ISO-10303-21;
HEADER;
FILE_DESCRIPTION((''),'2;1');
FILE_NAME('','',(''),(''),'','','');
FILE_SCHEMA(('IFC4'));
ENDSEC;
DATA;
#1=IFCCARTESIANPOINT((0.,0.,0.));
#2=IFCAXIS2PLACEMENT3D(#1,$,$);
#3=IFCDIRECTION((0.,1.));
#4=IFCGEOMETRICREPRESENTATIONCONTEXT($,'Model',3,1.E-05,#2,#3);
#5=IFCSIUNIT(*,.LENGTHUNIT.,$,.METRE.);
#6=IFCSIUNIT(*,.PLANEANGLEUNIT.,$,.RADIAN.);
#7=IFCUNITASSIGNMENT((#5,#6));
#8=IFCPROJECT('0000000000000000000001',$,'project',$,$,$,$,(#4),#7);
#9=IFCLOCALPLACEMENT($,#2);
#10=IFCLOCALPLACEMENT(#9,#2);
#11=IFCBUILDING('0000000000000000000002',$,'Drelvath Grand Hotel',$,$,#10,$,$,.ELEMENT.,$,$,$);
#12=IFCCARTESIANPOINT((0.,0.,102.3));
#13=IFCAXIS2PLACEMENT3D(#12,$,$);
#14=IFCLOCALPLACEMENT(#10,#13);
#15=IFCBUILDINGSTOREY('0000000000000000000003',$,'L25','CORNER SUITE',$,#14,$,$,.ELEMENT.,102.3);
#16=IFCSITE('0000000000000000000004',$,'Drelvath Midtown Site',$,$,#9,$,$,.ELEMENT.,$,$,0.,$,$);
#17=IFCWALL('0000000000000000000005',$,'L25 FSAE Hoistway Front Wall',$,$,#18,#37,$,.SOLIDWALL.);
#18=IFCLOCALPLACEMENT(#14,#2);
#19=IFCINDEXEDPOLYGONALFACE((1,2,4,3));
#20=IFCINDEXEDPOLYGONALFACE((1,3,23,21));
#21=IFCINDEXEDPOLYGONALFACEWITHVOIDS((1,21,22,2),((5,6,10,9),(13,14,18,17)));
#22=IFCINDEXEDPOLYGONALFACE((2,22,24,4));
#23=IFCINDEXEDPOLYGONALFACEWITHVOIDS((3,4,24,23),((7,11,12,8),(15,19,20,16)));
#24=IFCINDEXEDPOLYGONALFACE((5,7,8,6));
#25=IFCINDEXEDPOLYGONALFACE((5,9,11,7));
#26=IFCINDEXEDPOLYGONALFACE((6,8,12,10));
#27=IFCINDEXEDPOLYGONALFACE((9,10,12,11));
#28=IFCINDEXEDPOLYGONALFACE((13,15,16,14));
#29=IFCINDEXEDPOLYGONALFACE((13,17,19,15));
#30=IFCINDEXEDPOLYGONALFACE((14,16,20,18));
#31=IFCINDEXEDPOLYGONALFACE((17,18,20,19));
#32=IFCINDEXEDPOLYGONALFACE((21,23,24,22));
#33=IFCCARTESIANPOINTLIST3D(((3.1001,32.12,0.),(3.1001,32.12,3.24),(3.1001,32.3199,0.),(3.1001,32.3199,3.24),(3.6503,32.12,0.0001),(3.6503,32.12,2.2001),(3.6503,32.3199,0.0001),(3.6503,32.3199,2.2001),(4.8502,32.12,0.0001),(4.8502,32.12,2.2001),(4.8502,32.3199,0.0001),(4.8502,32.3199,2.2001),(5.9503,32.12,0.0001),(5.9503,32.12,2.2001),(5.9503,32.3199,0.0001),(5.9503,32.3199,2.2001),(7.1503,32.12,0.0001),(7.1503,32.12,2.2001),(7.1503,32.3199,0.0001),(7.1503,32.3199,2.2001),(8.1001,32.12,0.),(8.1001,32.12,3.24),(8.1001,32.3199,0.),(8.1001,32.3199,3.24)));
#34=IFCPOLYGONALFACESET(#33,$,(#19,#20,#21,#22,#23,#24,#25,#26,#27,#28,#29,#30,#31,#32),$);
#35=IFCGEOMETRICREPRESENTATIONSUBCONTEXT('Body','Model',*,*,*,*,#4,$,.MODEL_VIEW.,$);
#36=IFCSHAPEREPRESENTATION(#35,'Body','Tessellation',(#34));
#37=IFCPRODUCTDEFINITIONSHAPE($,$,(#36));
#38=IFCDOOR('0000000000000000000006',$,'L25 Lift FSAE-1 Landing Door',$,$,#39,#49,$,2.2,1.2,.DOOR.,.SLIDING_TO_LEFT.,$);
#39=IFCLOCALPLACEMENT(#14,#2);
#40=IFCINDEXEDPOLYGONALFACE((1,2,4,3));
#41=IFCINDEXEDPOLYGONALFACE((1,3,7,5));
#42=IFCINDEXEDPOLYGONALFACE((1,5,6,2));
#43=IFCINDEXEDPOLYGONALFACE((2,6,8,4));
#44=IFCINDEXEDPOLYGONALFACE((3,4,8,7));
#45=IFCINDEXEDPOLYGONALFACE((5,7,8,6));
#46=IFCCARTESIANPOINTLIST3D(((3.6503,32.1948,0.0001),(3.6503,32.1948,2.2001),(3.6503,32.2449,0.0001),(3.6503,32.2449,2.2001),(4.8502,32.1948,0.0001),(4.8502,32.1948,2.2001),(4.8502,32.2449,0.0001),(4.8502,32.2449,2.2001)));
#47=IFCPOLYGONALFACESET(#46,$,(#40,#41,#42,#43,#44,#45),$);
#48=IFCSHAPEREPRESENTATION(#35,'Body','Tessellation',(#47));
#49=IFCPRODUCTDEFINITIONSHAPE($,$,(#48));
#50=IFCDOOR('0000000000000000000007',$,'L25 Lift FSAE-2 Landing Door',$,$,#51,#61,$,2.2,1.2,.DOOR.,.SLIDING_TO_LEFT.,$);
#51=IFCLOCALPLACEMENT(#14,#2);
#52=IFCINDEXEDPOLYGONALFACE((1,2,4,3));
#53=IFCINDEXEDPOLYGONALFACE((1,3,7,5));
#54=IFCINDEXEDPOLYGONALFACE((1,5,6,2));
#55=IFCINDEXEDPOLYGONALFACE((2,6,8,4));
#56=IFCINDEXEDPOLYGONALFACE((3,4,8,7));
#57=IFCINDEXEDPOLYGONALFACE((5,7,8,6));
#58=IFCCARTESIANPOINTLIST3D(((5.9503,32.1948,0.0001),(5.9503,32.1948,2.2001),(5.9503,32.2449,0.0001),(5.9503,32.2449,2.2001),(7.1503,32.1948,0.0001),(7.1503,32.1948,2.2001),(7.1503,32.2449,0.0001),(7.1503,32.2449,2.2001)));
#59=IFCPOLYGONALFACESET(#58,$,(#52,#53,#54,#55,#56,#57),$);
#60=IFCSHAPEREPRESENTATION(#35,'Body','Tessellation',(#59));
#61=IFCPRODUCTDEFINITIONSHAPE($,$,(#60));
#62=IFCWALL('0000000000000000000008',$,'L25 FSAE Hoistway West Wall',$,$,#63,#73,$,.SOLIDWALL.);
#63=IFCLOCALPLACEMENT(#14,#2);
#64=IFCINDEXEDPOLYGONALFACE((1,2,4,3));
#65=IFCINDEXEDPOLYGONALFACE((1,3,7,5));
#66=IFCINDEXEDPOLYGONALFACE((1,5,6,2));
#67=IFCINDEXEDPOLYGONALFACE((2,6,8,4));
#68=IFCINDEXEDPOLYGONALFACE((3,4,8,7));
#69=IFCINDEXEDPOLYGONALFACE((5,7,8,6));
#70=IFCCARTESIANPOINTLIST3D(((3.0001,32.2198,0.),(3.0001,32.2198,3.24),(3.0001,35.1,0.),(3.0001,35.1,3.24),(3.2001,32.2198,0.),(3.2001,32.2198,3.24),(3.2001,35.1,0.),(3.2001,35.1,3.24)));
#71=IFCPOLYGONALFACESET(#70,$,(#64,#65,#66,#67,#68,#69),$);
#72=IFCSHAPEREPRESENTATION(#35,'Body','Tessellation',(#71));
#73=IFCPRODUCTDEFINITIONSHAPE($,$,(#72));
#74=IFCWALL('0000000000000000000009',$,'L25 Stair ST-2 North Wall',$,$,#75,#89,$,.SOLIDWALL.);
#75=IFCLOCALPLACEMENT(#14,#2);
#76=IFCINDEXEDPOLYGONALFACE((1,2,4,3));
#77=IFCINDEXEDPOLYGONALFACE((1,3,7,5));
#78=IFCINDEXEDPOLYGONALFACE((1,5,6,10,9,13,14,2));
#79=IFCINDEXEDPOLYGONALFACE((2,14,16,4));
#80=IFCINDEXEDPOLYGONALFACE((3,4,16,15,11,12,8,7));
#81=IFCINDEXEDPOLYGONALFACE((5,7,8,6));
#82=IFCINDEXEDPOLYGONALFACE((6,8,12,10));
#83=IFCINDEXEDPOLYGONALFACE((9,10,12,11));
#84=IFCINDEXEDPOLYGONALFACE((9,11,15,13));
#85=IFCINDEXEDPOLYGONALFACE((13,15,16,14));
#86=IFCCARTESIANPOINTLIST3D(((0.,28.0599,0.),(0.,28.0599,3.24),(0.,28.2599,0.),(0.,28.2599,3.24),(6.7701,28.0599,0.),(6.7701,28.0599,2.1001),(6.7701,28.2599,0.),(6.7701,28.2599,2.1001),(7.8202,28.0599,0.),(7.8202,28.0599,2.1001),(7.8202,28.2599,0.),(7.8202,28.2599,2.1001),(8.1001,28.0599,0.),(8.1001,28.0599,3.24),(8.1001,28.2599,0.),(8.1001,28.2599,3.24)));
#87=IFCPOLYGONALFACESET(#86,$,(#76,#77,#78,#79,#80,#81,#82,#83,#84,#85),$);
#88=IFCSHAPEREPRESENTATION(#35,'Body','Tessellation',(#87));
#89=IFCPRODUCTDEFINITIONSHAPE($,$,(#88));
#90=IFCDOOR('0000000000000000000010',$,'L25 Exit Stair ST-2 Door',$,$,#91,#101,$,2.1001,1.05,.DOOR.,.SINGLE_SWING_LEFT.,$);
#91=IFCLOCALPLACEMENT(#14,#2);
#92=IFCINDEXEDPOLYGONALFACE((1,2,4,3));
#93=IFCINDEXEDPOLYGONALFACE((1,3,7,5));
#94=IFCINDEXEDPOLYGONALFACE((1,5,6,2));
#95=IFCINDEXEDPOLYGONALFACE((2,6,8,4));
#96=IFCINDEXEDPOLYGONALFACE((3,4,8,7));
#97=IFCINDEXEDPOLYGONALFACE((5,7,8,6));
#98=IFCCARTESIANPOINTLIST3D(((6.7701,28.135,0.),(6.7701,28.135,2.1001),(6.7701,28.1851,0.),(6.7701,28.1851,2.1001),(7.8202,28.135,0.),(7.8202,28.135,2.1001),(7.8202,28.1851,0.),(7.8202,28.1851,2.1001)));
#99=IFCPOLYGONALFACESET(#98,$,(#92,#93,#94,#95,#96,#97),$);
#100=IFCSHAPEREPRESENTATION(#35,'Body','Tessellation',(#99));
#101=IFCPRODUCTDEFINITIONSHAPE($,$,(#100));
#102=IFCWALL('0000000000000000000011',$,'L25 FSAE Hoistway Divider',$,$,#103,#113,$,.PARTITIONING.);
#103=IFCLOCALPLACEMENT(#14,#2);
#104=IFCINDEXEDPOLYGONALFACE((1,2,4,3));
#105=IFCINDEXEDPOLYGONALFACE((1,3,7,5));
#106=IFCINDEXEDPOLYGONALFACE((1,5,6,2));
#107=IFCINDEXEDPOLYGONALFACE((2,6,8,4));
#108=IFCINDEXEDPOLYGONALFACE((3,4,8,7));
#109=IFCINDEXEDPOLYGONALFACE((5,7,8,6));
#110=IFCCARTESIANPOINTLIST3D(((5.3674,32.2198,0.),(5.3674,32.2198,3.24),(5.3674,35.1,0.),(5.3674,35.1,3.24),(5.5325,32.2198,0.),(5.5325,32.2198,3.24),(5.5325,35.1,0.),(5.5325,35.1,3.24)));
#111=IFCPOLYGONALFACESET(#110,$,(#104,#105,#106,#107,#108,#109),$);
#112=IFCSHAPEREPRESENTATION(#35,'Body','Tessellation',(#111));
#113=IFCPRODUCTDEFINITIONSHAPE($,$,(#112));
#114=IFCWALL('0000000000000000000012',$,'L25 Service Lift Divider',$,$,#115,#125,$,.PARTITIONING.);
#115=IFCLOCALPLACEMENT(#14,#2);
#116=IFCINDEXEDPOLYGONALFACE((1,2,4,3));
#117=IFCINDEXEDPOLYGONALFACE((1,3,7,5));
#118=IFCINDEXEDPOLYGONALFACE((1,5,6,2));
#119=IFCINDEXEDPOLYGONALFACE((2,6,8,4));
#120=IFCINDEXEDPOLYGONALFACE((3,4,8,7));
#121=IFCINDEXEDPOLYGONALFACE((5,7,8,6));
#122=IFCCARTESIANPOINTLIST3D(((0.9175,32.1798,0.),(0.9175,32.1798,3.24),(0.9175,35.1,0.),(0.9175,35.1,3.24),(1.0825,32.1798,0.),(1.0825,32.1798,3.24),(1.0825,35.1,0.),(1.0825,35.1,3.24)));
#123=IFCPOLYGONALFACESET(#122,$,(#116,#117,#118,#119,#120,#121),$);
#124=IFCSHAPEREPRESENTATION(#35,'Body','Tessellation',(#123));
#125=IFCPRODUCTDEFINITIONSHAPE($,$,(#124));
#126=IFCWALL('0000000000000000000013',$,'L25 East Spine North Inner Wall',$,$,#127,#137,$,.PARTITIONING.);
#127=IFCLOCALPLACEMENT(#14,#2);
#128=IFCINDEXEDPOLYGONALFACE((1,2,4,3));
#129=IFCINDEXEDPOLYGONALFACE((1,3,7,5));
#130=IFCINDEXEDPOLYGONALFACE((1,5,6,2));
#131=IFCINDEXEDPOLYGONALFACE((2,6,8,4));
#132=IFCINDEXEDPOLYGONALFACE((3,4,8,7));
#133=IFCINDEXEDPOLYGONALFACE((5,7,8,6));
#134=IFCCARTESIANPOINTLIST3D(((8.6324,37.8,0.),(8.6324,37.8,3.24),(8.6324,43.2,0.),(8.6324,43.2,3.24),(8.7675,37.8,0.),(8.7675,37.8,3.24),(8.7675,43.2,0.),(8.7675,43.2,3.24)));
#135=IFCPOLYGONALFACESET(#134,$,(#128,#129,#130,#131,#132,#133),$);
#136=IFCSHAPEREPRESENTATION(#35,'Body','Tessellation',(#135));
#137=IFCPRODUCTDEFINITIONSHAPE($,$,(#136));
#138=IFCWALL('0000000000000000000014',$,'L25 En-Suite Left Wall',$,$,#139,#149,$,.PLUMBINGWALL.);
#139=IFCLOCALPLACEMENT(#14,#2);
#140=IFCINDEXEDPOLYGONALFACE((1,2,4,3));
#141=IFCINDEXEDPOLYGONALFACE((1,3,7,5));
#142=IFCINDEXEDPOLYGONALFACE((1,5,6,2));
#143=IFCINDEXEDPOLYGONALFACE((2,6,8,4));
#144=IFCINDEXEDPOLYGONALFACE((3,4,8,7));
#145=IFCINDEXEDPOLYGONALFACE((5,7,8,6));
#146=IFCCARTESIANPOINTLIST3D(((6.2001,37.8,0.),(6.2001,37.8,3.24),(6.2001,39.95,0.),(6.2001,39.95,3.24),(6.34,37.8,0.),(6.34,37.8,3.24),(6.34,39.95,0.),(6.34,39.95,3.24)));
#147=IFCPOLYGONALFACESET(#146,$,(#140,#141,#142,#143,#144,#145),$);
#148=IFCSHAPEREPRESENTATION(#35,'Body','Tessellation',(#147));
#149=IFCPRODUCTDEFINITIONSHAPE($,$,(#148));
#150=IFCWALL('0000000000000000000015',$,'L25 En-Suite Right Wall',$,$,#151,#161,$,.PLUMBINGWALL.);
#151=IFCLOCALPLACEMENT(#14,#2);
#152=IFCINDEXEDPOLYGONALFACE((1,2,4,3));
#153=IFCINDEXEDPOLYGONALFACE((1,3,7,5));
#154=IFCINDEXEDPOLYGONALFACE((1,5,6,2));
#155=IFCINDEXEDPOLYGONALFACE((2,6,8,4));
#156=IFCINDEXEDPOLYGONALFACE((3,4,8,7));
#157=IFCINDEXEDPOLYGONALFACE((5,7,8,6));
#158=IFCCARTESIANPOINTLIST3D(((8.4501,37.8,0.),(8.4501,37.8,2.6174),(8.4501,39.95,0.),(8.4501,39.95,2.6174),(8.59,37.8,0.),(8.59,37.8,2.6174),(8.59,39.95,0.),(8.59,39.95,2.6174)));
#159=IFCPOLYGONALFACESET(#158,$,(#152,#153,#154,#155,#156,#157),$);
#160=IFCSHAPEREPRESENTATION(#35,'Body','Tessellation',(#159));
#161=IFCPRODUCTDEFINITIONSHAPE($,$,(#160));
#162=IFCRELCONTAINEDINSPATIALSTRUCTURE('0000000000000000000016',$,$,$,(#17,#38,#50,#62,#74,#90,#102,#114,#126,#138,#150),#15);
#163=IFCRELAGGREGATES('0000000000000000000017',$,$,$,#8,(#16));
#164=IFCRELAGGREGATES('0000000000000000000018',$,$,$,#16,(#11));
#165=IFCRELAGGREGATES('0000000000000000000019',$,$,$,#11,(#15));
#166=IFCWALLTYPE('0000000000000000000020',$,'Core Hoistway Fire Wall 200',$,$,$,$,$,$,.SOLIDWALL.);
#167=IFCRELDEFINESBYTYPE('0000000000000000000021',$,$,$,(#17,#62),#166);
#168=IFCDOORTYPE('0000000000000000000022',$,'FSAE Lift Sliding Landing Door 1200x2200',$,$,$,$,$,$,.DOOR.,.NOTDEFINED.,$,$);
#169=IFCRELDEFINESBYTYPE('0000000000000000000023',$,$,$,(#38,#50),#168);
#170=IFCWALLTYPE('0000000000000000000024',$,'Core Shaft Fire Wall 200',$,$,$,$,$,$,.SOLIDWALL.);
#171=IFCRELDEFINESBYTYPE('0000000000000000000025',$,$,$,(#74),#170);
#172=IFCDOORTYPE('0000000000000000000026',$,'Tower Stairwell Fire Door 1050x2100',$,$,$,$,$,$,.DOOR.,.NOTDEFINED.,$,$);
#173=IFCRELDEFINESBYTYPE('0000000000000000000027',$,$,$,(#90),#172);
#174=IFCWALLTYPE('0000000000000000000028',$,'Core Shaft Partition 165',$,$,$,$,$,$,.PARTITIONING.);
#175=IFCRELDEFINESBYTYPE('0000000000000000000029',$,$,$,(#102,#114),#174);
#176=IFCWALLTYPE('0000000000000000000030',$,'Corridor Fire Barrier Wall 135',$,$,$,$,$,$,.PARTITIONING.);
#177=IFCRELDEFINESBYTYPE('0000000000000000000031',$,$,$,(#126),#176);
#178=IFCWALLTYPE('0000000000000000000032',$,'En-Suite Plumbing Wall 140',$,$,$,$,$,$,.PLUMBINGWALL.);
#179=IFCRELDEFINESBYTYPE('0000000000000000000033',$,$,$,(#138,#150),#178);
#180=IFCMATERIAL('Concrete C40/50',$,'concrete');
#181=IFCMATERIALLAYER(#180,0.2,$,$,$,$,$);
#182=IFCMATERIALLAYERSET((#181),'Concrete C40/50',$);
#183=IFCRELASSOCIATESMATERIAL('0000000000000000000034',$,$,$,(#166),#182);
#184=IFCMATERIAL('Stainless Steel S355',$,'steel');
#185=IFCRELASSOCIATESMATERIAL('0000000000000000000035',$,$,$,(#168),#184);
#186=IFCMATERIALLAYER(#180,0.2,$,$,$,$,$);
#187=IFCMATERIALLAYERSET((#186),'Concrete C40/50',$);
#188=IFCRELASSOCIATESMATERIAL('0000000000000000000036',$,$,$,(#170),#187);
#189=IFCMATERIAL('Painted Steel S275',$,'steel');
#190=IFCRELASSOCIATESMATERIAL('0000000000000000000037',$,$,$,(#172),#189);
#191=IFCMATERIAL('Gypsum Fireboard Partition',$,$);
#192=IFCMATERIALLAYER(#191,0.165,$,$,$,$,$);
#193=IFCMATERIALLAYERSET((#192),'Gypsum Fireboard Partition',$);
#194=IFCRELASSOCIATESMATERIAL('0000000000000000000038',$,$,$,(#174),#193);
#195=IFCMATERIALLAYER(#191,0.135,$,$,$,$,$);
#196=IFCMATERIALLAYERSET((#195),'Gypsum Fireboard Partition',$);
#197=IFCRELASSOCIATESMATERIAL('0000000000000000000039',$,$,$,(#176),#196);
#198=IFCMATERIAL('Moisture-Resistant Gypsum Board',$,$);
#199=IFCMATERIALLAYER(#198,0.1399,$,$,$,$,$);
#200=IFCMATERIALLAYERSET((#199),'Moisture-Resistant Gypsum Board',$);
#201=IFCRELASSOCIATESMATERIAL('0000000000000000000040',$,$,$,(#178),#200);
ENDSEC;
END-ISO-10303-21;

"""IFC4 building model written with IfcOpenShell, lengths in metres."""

from ifc_helpers import new_model, si_unit, direction, frame, frame_2d, origin, place, context, subcontext, project, spatial, rectangle, extrude, material, layer, layer_set, type_object, element, fill, save


model = new_model("IFC4")

# Units and contexts
model_context = context("Model", 3, precision=1e-05, world=origin(), true_north=direction((0.0, 1.0)))
body_context = subcontext(model_context, "Body", "Model", "MODEL_VIEW")
ifc_project = project(units=[si_unit("LENGTHUNIT", "METRE"), si_unit("PLANEANGLEUNIT", "RADIAN")], contexts=[model_context])

# Site, building, storey
site_placement = place(None, origin())
site = spatial("IfcSite", under=ifc_project, at=site_placement, Name="Drelvath Midtown Site", CompositionType="ELEMENT", RefElevation=0.0)
building_placement = place(site_placement, origin())
building = spatial("IfcBuilding", under=site, at=building_placement, Name="Drelvath Grand Hotel", CompositionType="ELEMENT")
storey_placement = place(building_placement, frame((0.0, 0.0, 102.3)))
storey = spatial("IfcBuildingStorey", under=building, at=storey_placement, Name="L25", Description="CORNER SUITE", CompositionType="ELEMENT", Elevation=102.3)

# Wall, openings, doors
ifc_material_1 = material(Name="Concrete C40/50", Category="concrete")
ifc_layer_1 = layer(ifc_material_1, 0.2)
ifc_layer_set_1 = layer_set([ifc_layer_1], Name="Concrete C40/50")
wall_type_1 = type_object("IfcWallType", Name="Core Hoistway Fire Wall 200", PredefinedType="SOLIDWALL", material=ifc_layer_set_1)
wall_1_placement = place(storey_placement, frame((3.1001, 32.22, 0.0), z_axis=(0.0, 0.0, 1.0), x_axis=(1.0, 0.0, 0.0)))
wall_1 = element("IfcWall", 1, at=wall_1_placement, inside=storey, type_object=wall_type_1, Name="L25 FSAE Hoistway Front Wall", PredefinedType="SOLIDWALL", context=body_context, shape_type="SweptSolid", body=[
    extrude(rectangle(XDim=5.0, YDim=0.2, at=frame_2d((2.5, 0.0))), origin(), (0.0, 0.0, 1.0), 3.24),
])
opening_1_placement = place(wall_1_placement, frame((0.55, 0.0, 0.0)))
opening_1 = element("IfcOpeningElement", 2, at=opening_1_placement, cuts=wall_1, PredefinedType="OPENING", context=body_context, shape_type="SweptSolid", body=[
    extrude(rectangle(XDim=1.2, YDim=2.2, at=frame_2d((0.6001, 1.1001))), frame((0.0, 0.1099, 0.0), z_axis=(0.0, -1.0, 0.0), x_axis=(1.0, 0.0, 0.0)), (0.0, 0.0, 1.0), 0.22),
])
opening_2_placement = place(wall_1_placement, frame((2.8501, 0.0, 0.0)))
opening_2 = element("IfcOpeningElement", 3, at=opening_2_placement, cuts=wall_1, PredefinedType="OPENING", context=body_context, shape_type="SweptSolid", body=[
    extrude(rectangle(XDim=1.2, YDim=2.2, at=frame_2d((0.6001, 1.1001))), frame((0.0, 0.1099, 0.0), z_axis=(0.0, -1.0, 0.0), x_axis=(1.0, 0.0, 0.0)), (0.0, 0.0, 1.0), 0.22),
])
ifc_material_2 = material(Name="Stainless Steel S355", Category="steel")
door_type_1 = type_object("IfcDoorType", Name="FSAE Lift Sliding Landing Door 1200x2200", OperationType="NOTDEFINED", PredefinedType="DOOR", material=ifc_material_2)
door_1_placement = place(opening_1_placement, origin())
door_1 = element("IfcDoor", 4, at=door_1_placement, inside=storey, type_object=door_type_1, Name="L25 Lift FSAE-1 Landing Door", OperationType="SLIDING_TO_LEFT", OverallHeight=2.2, OverallWidth=1.2, PredefinedType="DOOR", context=body_context, shape_type="SweptSolid", body=[
    extrude(rectangle(XDim=1.2, YDim=2.2, at=frame_2d((0.6001, 1.1001))), frame((0.0, 0.0249, 0.0), z_axis=(0.0, -1.0, 0.0), x_axis=(1.0, 0.0, 0.0)), (0.0, 0.0, 1.0), 0.05),
])
fill(opening_1, door_1)
door_2_placement = place(opening_2_placement, origin())
door_2 = element("IfcDoor", 5, at=door_2_placement, inside=storey, type_object=door_type_1, Name="L25 Lift FSAE-2 Landing Door", OperationType="SLIDING_TO_LEFT", OverallHeight=2.2, OverallWidth=1.2, PredefinedType="DOOR", context=body_context, shape_type="SweptSolid", body=[
    extrude(rectangle(XDim=1.2, YDim=2.2, at=frame_2d((0.6001, 1.1001))), frame((0.0, 0.0249, 0.0), z_axis=(0.0, -1.0, 0.0), x_axis=(1.0, 0.0, 0.0)), (0.0, 0.0, 1.0), 0.05),
])
fill(opening_2, door_2)

# Wall
wall_2_placement = place(storey_placement, frame((3.1001, 32.22, 0.0), z_axis=(0.0, 0.0, 1.0), x_axis=(0.0, 1.0, 0.0)))
element("IfcWall", 6, at=wall_2_placement, inside=storey, type_object=wall_type_1, Name="L25 FSAE Hoistway West Wall", PredefinedType="SOLIDWALL", context=body_context, shape_type="SweptSolid", body=[
    extrude(rectangle(XDim=2.8801, YDim=0.2, at=frame_2d((1.4399, 0.0))), origin(), (0.0, 0.0, 1.0), 3.24),
])

# Wall, opening, door
ifc_layer_2 = layer(ifc_material_1, 0.2)
ifc_layer_set_2 = layer_set([ifc_layer_2], Name="Concrete C40/50")
wall_type_2 = type_object("IfcWallType", Name="Core Shaft Fire Wall 200", PredefinedType="SOLIDWALL", material=ifc_layer_set_2)
wall_3_placement = place(storey_placement, frame((8.1001, 28.1599, 0.0), z_axis=(0.0, 0.0, 1.0), x_axis=(-1.0, 0.0, 0.0)))
wall_3 = element("IfcWall", 7, at=wall_3_placement, inside=storey, type_object=wall_type_2, Name="L25 Stair ST-2 North Wall", PredefinedType="SOLIDWALL", context=body_context, shape_type="SweptSolid", body=[
    extrude(rectangle(XDim=8.1001, YDim=0.2, at=frame_2d((4.05, 0.0))), origin(), (0.0, 0.0, 1.0), 3.24),
])
opening_3_placement = place(wall_3_placement, frame((0.28, 0.0, 0.0)))
opening_3 = element("IfcOpeningElement", 8, at=opening_3_placement, cuts=wall_3, PredefinedType="OPENING", context=body_context, shape_type="SweptSolid", body=[
    extrude(rectangle(XDim=1.05, YDim=2.1001, at=frame_2d((0.5249, 1.05))), frame((0.0, 0.1099, 0.0), z_axis=(0.0, -1.0, 0.0), x_axis=(1.0, 0.0, 0.0)), (0.0, 0.0, 1.0), 0.22),
])
ifc_material_3 = material(Name="Painted Steel S275", Category="steel")
door_type_2 = type_object("IfcDoorType", Name="Tower Stairwell Fire Door 1050x2100", OperationType="NOTDEFINED", PredefinedType="DOOR", material=ifc_material_3)
door_3_placement = place(opening_3_placement, origin())
door_3 = element("IfcDoor", 9, at=door_3_placement, inside=storey, type_object=door_type_2, Name="L25 Exit Stair ST-2 Door", OperationType="SINGLE_SWING_LEFT", OverallHeight=2.1001, OverallWidth=1.05, PredefinedType="DOOR", context=body_context, shape_type="SweptSolid", body=[
    extrude(rectangle(XDim=1.05, YDim=2.1001, at=frame_2d((0.5249, 1.05))), frame((0.0, 0.0249, 0.0), z_axis=(0.0, -1.0, 0.0), x_axis=(1.0, 0.0, 0.0)), (0.0, 0.0, 1.0), 0.05),
])
fill(opening_3, door_3)

# Walls
ifc_material_4 = material(Name="Gypsum Fireboard Partition")
ifc_layer_3 = layer(ifc_material_4, 0.165)
ifc_layer_set_3 = layer_set([ifc_layer_3], Name="Gypsum Fireboard Partition")
wall_type_3 = type_object("IfcWallType", Name="Core Shaft Partition 165", PredefinedType="PARTITIONING", material=ifc_layer_set_3)
wall_4_placement = place(storey_placement, frame((5.45, 32.22, 0.0), z_axis=(0.0, 0.0, 1.0), x_axis=(0.0, 1.0, 0.0)))
element("IfcWall", 10, at=wall_4_placement, inside=storey, type_object=wall_type_3, Name="L25 FSAE Hoistway Divider", PredefinedType="PARTITIONING", context=body_context, shape_type="SweptSolid", body=[
    extrude(rectangle(XDim=2.8801, YDim=0.165, at=frame_2d((1.4399, 0.0))), origin(), (0.0, 0.0, 1.0), 3.24),
])
wall_5_placement = place(storey_placement, frame((1.0, 32.1799, 0.0), z_axis=(0.0, 0.0, 1.0), x_axis=(0.0, 1.0, 0.0)))
element("IfcWall", 11, at=wall_5_placement, inside=storey, type_object=wall_type_3, Name="L25 Service Lift Divider", PredefinedType="PARTITIONING", context=body_context, shape_type="SweptSolid", body=[
    extrude(rectangle(XDim=2.9202, YDim=0.165, at=frame_2d((1.46, 0.0))), origin(), (0.0, 0.0, 1.0), 3.24),
])
ifc_layer_4 = layer(ifc_material_4, 0.135)
ifc_layer_set_4 = layer_set([ifc_layer_4], Name="Gypsum Fireboard Partition")
wall_type_4 = type_object("IfcWallType", Name="Corridor Fire Barrier Wall 135", PredefinedType="PARTITIONING", material=ifc_layer_set_4)
wall_6_placement = place(storey_placement, frame((8.7, 37.8, 0.0), z_axis=(0.0, 0.0, 1.0), x_axis=(0.0, 1.0, 0.0)))
element("IfcWall", 12, at=wall_6_placement, inside=storey, type_object=wall_type_4, Name="L25 East Spine North Inner Wall", PredefinedType="PARTITIONING", context=body_context, shape_type="SweptSolid", body=[
    extrude(rectangle(XDim=5.3999, YDim=0.135, at=frame_2d((2.7, 0.0))), origin(), (0.0, 0.0, 1.0), 3.24),
])
ifc_material_5 = material(Name="Moisture-Resistant Gypsum Board")
ifc_layer_5 = layer(ifc_material_5, 0.1399)
ifc_layer_set_5 = layer_set([ifc_layer_5], Name="Moisture-Resistant Gypsum Board")
wall_type_5 = type_object("IfcWallType", Name="En-Suite Plumbing Wall 140", PredefinedType="PLUMBINGWALL", material=ifc_layer_set_5)
wall_7_placement = place(storey_placement, frame((6.27, 37.8, 0.0), z_axis=(0.0, 0.0, 1.0), x_axis=(0.0, 1.0, 0.0)))
element("IfcWall", 13, at=wall_7_placement, inside=storey, type_object=wall_type_5, Name="L25 En-Suite Left Wall", PredefinedType="PLUMBINGWALL", context=body_context, shape_type="SweptSolid", body=[
    extrude(rectangle(XDim=2.1499, YDim=0.1399, at=frame_2d((1.075, 0.0))), origin(), (0.0, 0.0, 1.0), 3.24),
])
wall_8_placement = place(storey_placement, frame((8.52, 37.8, 0.0), z_axis=(0.0, 0.0, 1.0), x_axis=(0.0, 1.0, 0.0)))
element("IfcWall", 14, at=wall_8_placement, inside=storey, type_object=wall_type_5, Name="L25 En-Suite Right Wall", PredefinedType="PLUMBINGWALL", context=body_context, shape_type="SweptSolid", body=[
    extrude(rectangle(XDim=2.1499, YDim=0.1399, at=frame_2d((1.075, 0.0))), origin(), (0.0, 0.0, 1.0), 2.6174),
])

save(model, "model.ifc")
